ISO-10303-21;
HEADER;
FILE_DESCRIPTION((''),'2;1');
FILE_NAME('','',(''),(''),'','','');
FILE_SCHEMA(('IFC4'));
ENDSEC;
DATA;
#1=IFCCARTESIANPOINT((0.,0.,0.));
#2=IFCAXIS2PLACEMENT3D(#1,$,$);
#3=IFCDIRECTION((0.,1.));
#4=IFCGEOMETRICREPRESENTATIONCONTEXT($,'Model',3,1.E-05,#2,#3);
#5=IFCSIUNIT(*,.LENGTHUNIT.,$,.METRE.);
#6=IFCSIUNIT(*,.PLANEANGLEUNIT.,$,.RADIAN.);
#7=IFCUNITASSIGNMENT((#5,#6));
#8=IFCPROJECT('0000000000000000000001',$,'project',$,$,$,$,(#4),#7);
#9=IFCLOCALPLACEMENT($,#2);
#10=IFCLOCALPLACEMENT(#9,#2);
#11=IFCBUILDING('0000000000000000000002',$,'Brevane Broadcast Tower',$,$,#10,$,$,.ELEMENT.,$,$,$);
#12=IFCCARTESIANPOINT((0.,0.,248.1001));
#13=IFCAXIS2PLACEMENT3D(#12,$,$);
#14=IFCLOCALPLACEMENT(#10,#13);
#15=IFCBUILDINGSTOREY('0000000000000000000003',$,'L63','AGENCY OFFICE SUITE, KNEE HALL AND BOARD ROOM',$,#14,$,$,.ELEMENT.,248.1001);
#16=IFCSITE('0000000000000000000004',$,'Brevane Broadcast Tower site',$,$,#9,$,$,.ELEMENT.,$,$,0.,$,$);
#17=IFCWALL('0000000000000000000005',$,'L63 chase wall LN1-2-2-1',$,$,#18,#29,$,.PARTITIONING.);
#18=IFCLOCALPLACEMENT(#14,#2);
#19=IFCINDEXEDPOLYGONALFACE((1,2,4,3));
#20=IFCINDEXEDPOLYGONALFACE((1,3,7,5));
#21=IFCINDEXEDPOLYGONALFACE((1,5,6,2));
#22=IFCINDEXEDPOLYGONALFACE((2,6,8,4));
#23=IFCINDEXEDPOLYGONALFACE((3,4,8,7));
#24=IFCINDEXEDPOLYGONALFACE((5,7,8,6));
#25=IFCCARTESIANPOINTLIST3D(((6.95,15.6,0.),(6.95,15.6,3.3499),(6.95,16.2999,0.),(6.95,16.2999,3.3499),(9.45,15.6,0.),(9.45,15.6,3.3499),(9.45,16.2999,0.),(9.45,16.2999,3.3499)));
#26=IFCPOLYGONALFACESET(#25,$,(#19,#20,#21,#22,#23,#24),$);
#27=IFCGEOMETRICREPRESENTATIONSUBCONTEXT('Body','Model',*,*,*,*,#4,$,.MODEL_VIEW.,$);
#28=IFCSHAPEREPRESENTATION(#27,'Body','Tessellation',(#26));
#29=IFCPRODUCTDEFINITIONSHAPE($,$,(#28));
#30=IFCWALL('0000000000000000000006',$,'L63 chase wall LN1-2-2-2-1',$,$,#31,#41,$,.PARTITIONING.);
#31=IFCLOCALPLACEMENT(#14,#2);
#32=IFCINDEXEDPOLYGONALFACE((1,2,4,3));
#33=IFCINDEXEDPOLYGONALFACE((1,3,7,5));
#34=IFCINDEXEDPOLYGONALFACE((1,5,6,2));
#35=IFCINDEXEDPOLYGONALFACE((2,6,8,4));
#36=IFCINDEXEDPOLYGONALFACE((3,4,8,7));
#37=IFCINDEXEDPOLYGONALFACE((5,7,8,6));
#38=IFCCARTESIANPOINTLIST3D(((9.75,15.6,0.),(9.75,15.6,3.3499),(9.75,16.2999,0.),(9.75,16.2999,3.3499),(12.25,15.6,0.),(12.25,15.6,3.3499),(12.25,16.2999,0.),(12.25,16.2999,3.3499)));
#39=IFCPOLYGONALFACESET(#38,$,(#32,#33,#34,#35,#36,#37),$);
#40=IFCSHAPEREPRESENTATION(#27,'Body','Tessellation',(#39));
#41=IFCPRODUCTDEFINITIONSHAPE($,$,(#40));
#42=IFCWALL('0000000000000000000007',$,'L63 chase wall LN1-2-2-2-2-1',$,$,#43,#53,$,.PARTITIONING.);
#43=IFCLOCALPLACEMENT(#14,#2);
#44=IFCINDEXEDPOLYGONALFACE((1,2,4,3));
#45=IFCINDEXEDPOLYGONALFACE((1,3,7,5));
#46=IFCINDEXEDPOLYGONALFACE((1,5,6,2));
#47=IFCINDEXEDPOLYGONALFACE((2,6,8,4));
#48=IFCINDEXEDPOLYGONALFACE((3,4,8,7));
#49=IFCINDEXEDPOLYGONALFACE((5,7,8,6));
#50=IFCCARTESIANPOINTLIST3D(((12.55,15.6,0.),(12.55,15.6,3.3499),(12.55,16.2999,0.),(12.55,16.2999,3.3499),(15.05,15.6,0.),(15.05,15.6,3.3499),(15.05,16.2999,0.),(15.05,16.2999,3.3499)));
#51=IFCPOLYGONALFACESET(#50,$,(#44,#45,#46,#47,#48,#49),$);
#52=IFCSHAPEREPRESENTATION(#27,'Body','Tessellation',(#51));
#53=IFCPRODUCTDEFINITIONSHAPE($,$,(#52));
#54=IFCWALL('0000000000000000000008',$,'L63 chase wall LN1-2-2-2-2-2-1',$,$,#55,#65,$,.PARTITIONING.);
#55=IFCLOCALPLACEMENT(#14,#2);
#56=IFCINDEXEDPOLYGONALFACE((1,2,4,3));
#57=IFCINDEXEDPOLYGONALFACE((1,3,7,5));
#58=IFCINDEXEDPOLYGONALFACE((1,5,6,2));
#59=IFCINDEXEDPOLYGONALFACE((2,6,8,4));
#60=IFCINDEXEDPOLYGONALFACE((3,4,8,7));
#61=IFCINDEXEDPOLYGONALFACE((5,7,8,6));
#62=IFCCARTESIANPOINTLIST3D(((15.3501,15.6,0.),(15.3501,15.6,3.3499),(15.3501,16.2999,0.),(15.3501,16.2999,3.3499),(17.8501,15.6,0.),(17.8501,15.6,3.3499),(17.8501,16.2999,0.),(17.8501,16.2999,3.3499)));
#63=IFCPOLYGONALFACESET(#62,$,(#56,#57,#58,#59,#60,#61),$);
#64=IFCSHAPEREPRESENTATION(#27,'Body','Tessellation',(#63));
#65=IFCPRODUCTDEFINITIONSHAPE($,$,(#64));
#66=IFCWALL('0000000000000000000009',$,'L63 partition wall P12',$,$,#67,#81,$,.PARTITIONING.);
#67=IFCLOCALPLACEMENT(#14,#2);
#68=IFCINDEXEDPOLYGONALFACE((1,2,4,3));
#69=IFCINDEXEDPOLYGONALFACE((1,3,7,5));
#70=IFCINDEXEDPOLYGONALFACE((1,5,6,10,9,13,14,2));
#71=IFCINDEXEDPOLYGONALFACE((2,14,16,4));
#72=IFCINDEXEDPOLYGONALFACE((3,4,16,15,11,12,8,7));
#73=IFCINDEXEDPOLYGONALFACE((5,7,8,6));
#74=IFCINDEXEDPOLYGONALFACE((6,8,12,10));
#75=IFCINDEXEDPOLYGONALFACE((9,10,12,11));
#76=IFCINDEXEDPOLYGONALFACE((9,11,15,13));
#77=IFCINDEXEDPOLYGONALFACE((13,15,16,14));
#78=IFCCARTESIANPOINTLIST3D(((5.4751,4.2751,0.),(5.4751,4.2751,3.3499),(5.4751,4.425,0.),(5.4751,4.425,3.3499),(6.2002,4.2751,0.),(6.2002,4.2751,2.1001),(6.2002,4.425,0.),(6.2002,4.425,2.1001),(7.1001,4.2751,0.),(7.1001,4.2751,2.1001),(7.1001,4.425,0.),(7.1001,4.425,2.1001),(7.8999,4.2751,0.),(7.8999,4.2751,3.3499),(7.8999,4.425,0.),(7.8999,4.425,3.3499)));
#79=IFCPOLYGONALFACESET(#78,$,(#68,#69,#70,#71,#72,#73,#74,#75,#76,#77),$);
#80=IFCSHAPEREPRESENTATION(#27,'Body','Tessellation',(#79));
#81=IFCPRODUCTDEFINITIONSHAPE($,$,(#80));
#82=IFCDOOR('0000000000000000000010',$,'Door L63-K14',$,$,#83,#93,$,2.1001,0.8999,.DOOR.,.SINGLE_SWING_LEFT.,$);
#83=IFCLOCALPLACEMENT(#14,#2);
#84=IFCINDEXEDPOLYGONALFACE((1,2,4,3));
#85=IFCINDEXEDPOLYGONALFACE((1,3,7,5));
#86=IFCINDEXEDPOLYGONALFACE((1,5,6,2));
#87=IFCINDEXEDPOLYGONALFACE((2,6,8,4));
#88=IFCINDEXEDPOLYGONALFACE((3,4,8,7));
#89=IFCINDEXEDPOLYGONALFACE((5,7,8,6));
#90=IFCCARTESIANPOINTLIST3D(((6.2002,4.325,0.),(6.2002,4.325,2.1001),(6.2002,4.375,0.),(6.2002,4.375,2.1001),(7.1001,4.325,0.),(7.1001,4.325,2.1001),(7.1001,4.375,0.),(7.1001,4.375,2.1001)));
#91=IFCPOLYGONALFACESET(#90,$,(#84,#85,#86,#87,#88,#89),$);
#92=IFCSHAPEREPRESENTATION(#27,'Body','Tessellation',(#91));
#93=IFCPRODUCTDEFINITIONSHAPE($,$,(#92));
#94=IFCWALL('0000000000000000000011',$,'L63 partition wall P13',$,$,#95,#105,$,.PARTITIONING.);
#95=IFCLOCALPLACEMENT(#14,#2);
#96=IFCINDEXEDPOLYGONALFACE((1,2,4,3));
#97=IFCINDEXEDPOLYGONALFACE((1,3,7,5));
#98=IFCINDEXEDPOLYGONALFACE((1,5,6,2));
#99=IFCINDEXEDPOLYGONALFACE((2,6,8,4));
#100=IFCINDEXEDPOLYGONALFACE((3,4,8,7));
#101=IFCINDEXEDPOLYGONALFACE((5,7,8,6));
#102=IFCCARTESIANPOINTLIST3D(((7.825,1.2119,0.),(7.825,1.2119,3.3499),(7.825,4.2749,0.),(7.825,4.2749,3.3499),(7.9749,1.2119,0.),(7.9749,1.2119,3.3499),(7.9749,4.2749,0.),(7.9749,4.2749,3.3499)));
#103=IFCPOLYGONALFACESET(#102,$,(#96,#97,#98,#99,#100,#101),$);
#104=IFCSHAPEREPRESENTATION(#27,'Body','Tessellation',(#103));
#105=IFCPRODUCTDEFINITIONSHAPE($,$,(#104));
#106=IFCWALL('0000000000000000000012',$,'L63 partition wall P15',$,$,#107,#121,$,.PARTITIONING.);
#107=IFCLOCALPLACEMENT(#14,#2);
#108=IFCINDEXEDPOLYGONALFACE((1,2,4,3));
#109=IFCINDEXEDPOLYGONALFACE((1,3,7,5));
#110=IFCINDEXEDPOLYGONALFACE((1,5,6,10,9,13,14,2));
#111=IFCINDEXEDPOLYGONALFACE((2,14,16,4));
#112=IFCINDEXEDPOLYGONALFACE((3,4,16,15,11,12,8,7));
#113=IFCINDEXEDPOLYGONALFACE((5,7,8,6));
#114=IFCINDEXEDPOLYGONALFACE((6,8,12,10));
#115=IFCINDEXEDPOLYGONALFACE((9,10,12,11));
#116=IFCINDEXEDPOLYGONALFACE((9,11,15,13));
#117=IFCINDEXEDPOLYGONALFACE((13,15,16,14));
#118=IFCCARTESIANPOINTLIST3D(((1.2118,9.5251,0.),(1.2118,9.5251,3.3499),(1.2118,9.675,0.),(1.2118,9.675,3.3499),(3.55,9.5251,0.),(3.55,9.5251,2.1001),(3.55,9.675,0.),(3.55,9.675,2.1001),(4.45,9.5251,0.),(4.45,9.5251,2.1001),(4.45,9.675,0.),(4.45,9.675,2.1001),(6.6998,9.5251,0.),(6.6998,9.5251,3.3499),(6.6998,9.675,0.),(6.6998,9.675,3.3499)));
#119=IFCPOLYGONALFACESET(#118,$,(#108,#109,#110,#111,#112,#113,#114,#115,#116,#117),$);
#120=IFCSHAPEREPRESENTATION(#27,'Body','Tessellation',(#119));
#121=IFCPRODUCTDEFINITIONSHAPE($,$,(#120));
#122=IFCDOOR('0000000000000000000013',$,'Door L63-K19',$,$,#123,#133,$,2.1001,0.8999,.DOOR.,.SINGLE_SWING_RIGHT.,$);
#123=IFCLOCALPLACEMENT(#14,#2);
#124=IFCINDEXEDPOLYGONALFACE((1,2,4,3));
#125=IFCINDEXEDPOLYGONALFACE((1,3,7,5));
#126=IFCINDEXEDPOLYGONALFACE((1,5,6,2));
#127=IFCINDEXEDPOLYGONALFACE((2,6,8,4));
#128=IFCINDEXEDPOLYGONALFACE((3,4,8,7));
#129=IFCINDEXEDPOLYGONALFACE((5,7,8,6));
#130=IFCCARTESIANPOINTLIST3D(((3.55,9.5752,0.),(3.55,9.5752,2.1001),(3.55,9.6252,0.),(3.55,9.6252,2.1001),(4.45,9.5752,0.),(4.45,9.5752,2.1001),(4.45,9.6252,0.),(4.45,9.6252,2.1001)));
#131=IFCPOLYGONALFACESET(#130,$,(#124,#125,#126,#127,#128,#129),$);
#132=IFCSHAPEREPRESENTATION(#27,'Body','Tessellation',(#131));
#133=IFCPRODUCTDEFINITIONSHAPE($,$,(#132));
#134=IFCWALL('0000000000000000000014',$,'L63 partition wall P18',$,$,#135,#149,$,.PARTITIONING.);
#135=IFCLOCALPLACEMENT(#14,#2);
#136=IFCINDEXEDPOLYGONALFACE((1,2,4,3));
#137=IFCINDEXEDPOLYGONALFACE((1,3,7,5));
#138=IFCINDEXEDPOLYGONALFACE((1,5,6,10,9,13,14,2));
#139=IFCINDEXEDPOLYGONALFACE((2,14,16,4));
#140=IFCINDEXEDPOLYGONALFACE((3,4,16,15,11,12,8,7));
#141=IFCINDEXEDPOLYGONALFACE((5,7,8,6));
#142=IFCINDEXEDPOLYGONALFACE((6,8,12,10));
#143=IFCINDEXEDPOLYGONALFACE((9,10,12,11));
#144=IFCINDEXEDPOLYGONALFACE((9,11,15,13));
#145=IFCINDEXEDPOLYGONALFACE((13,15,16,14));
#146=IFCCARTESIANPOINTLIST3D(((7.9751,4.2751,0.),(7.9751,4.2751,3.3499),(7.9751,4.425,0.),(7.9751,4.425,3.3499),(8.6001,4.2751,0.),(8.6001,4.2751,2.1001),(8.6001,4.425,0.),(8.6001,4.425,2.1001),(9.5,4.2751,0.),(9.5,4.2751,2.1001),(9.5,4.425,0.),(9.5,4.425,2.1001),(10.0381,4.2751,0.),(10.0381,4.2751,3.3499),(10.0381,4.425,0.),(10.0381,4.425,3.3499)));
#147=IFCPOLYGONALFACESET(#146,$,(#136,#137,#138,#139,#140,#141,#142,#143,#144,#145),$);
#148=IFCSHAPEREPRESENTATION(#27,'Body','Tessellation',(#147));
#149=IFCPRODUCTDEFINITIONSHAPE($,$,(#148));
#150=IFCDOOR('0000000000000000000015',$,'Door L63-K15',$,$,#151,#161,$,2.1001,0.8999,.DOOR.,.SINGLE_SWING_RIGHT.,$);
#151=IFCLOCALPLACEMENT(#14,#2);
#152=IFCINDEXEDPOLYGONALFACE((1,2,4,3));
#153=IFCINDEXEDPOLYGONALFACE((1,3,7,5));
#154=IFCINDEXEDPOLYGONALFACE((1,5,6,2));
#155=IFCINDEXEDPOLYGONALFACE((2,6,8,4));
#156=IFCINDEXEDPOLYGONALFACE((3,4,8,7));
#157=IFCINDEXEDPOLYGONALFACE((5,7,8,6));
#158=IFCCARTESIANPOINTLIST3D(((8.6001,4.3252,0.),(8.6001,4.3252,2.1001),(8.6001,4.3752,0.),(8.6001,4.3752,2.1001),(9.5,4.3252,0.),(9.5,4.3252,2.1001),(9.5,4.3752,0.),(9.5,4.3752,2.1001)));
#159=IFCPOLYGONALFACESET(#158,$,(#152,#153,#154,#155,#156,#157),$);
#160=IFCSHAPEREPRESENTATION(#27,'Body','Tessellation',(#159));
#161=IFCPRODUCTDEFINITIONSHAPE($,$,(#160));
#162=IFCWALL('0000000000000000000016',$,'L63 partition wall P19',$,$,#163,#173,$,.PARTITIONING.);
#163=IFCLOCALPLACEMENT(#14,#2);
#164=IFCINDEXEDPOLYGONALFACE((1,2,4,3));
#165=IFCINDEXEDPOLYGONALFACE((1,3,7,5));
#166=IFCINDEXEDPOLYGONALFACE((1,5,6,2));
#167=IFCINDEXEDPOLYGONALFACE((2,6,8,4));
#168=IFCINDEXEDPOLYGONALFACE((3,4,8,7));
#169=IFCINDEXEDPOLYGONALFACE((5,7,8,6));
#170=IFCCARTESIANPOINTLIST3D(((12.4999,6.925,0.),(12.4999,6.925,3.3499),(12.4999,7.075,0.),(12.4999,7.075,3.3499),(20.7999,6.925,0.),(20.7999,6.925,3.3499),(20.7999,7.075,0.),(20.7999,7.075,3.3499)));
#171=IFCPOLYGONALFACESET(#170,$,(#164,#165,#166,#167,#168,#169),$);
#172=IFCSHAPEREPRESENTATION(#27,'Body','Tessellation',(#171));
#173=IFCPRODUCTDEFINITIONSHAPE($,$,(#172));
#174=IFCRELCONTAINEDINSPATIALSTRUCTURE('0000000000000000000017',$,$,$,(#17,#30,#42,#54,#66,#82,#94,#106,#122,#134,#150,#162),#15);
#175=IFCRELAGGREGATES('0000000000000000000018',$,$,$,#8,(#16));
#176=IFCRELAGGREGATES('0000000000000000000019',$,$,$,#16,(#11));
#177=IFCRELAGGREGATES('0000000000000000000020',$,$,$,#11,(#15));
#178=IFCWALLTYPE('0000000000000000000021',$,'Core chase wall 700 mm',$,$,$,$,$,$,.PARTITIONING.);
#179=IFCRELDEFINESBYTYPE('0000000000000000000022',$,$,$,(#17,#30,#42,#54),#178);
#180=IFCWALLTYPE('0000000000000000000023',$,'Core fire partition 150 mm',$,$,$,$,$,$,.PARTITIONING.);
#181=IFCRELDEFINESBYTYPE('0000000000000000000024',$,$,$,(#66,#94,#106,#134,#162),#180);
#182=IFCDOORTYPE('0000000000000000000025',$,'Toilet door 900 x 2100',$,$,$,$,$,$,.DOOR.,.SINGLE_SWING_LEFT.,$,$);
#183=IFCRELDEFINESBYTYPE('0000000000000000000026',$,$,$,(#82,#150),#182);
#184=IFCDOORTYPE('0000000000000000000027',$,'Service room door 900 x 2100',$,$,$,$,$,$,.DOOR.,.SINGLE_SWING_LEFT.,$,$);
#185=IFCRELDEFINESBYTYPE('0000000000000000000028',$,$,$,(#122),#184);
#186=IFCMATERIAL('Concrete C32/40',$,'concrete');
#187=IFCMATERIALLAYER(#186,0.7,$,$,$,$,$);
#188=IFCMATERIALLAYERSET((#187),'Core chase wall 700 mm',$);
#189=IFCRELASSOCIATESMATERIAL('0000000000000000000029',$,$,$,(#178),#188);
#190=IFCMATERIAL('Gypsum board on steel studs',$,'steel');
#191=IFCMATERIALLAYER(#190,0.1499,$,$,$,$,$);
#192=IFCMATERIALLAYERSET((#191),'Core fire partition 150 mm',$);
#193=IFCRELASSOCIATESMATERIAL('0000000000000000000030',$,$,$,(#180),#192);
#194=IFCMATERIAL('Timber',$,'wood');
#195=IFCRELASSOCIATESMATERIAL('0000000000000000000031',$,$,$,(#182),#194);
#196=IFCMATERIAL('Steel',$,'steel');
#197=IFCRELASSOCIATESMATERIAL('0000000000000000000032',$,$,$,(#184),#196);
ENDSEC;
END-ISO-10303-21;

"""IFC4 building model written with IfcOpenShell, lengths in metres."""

from ifc_helpers import new_model, si_unit, direction, frame, frame_2d, origin, place, context, subcontext, project, spatial, rectangle, extrude, material, layer, layer_set, type_object, element, fill, save


model = new_model("IFC4")

# Units and contexts
model_context = context("Model", 3, precision=1e-05, world=origin(), true_north=direction((0.0, 1.0)))
body_context = subcontext(model_context, "Body", "Model", "MODEL_VIEW")
ifc_project = project(units=[si_unit("LENGTHUNIT", "METRE"), si_unit("PLANEANGLEUNIT", "RADIAN")], contexts=[model_context])

# Site, building, storey
site_placement = place(None, origin())
site = spatial("IfcSite", under=ifc_project, at=site_placement, Name="Brevane Broadcast Tower site", CompositionType="ELEMENT", RefElevation=0.0)
building_placement = place(site_placement, origin())
building = spatial("IfcBuilding", under=site, at=building_placement, Name="Brevane Broadcast Tower", CompositionType="ELEMENT")
storey_placement = place(building_placement, frame((0.0, 0.0, 248.1001)))
storey = spatial("IfcBuildingStorey", under=building, at=storey_placement, Name="L63", Description="AGENCY OFFICE SUITE, KNEE HALL AND BOARD ROOM", CompositionType="ELEMENT", Elevation=248.1001)

# Walls
ifc_material_1 = material(Name="Concrete C32/40", Category="concrete")
ifc_layer_1 = layer(ifc_material_1, 0.7)
ifc_layer_set_1 = layer_set([ifc_layer_1], Name="Core chase wall 700 mm")
wall_type_1 = type_object("IfcWallType", Name="Core chase wall 700 mm", PredefinedType="PARTITIONING", material=ifc_layer_set_1)
for number, where, z_axis, x_axis, name in (
    (1, (6.95, 15.95, 0.0), (0.0, 0.0, 1.0), (1.0, 0.0, 0.0), "L63 chase wall LN1-2-2-1"),
    (2, (9.75, 15.95, 0.0), (0.0, 0.0, 1.0), (1.0, 0.0, 0.0), "L63 chase wall LN1-2-2-2-1"),
    (3, (12.55, 15.95, 0.0), (0.0, 0.0, 1.0), (1.0, 0.0, 0.0), "L63 chase wall LN1-2-2-2-2-1"),
    (4, (15.3501, 15.95, 0.0), (0.0, 0.0, 1.0), (1.0, 0.0, 0.0), "L63 chase wall LN1-2-2-2-2-2-1"),
):
    element("IfcWall", number, at=place(storey_placement, frame(where, z_axis=z_axis, x_axis=x_axis)), inside=storey, type_object=wall_type_1, Name=name, PredefinedType="PARTITIONING", context=body_context, shape_type="SweptSolid", body=[
        extrude(rectangle(XDim=2.5, YDim=0.7, at=frame_2d((1.25, 0.0))), origin(), (0.0, 0.0, 1.0), 3.3499),
    ])

# Wall, opening, door
ifc_material_2 = material(Name="Gypsum board on steel studs", Category="steel")
ifc_layer_2 = layer(ifc_material_2, 0.1499)
ifc_layer_set_2 = layer_set([ifc_layer_2], Name="Core fire partition 150 mm")
wall_type_2 = type_object("IfcWallType", Name="Core fire partition 150 mm", PredefinedType="PARTITIONING", material=ifc_layer_set_2)
wall_1_placement = place(storey_placement, frame((5.4751, 4.3501, 0.0), z_axis=(0.0, 0.0, 1.0), x_axis=(1.0, 0.0, 0.0)))
wall_1 = element("IfcWall", 5, at=wall_1_placement, inside=storey, type_object=wall_type_2, Name="L63 partition wall P12", PredefinedType="PARTITIONING", context=body_context, shape_type="SweptSolid", body=[
    extrude(rectangle(XDim=2.4248, YDim=0.1499, at=frame_2d((1.2124, 0.0))), origin(), (0.0, 0.0, 1.0), 3.3499),
])
opening_1_placement = place(wall_1_placement, frame((0.7251, 0.0, 0.0)))
opening_1 = element("IfcOpeningElement", 6, at=opening_1_placement, cuts=wall_1, PredefinedType="OPENING", context=body_context, shape_type="SweptSolid", body=[
    extrude(rectangle(XDim=0.8999, YDim=2.1001, at=frame_2d((0.45, 1.05))), frame((0.0, 0.085, 0.0), z_axis=(0.0, -1.0, 0.0), x_axis=(1.0, 0.0, 0.0)), (0.0, 0.0, 1.0), 0.1699),
])
ifc_material_3 = material(Name="Timber", Category="wood")
door_type_1 = type_object("IfcDoorType", Name="Toilet door 900 x 2100", OperationType="SINGLE_SWING_LEFT", PredefinedType="DOOR", material=ifc_material_3)
door_1_placement = place(opening_1_placement, origin())
door_1 = element("IfcDoor", 7, at=door_1_placement, inside=storey, type_object=door_type_1, Name="Door L63-K14", OperationType="SINGLE_SWING_LEFT", OverallHeight=2.1001, OverallWidth=0.8999, PredefinedType="DOOR", context=body_context, shape_type="SweptSolid", body=[
    extrude(rectangle(XDim=0.8999, YDim=2.1001, at=frame_2d((0.45, 1.05))), frame((0.0, 0.0249, 0.0), z_axis=(0.0, -1.0, 0.0), x_axis=(1.0, 0.0, 0.0)), (0.0, 0.0, 1.0), 0.05),
])
fill(opening_1, door_1)

# Wall
wall_2_placement = place(storey_placement, frame((7.8999, 4.2749, 0.0), z_axis=(0.0, 0.0, 1.0), x_axis=(0.0, -1.0, 0.0)))
element("IfcWall", 8, at=wall_2_placement, inside=storey, type_object=wall_type_2, Name="L63 partition wall P13", PredefinedType="PARTITIONING", context=body_context, shape_type="SweptSolid", body=[
    extrude(rectangle(XDim=3.063, YDim=0.1499, at=frame_2d((1.5315, 0.0))), origin(), (0.0, 0.0, 1.0), 3.3499),
])

# Walls, openings, doors
wall_3_placement = place(storey_placement, frame((6.7, 9.6001, 0.0), z_axis=(0.0, 0.0, 1.0), x_axis=(-1.0, 0.0, 0.0)))
wall_3 = element("IfcWall", 9, at=wall_3_placement, inside=storey, type_object=wall_type_2, Name="L63 partition wall P15", PredefinedType="PARTITIONING", context=body_context, shape_type="SweptSolid", body=[
    extrude(rectangle(XDim=5.488, YDim=0.1499, at=frame_2d((2.7441, 0.0))), origin(), (0.0, 0.0, 1.0), 3.3499),
])
opening_2_placement = place(wall_3_placement, frame((2.25, 0.0, 0.0)))
opening_2 = element("IfcOpeningElement", 10, at=opening_2_placement, cuts=wall_3, PredefinedType="OPENING", context=body_context, shape_type="SweptSolid", body=[
    extrude(rectangle(XDim=0.8999, YDim=2.1001, at=frame_2d((0.45, 1.05))), frame((0.0, 0.085, 0.0), z_axis=(0.0, -1.0, 0.0), x_axis=(1.0, 0.0, 0.0)), (0.0, 0.0, 1.0), 0.1699),
])
ifc_material_4 = material(Name="Steel", Category="steel")
door_type_2 = type_object("IfcDoorType", Name="Service room door 900 x 2100", OperationType="SINGLE_SWING_LEFT", PredefinedType="DOOR", material=ifc_material_4)
door_2_placement = place(opening_2_placement, origin())
door_2 = element("IfcDoor", 11, at=door_2_placement, inside=storey, type_object=door_type_2, Name="Door L63-K19", OperationType="SINGLE_SWING_RIGHT", OverallHeight=2.1001, OverallWidth=0.8999, PredefinedType="DOOR", context=body_context, shape_type="SweptSolid", body=[
    extrude(rectangle(XDim=0.8999, YDim=2.1001, at=frame_2d((0.45, 1.05))), frame((0.0, 0.0249, 0.0), z_axis=(0.0, -1.0, 0.0), x_axis=(1.0, 0.0, 0.0)), (0.0, 0.0, 1.0), 0.05),
])
fill(opening_2, door_2)
wall_4_placement = place(storey_placement, frame((10.0381, 4.3501, 0.0), z_axis=(0.0, 0.0, 1.0), x_axis=(-1.0, 0.0, 0.0)))
wall_4 = element("IfcWall", 12, at=wall_4_placement, inside=storey, type_object=wall_type_2, Name="L63 partition wall P18", PredefinedType="PARTITIONING", context=body_context, shape_type="SweptSolid", body=[
    extrude(rectangle(XDim=2.063, YDim=0.1499, at=frame_2d((1.0315, 0.0))), origin(), (0.0, 0.0, 1.0), 3.3499),
])
opening_3_placement = place(wall_4_placement, frame((0.5381, 0.0, 0.0)))
opening_3 = element("IfcOpeningElement", 13, at=opening_3_placement, cuts=wall_4, PredefinedType="OPENING", context=body_context, shape_type="SweptSolid", body=[
    extrude(rectangle(XDim=0.8999, YDim=2.1001, at=frame_2d((0.45, 1.05))), frame((0.0, 0.085, 0.0), z_axis=(0.0, -1.0, 0.0), x_axis=(1.0, 0.0, 0.0)), (0.0, 0.0, 1.0), 0.1699),
])
door_3_placement = place(opening_3_placement, origin())
door_3 = element("IfcDoor", 14, at=door_3_placement, inside=storey, type_object=door_type_1, Name="Door L63-K15", OperationType="SINGLE_SWING_RIGHT", OverallHeight=2.1001, OverallWidth=0.8999, PredefinedType="DOOR", context=body_context, shape_type="SweptSolid", body=[
    extrude(rectangle(XDim=0.8999, YDim=2.1001, at=frame_2d((0.45, 1.05))), frame((0.0, 0.0249, 0.0), z_axis=(0.0, -1.0, 0.0), x_axis=(1.0, 0.0, 0.0)), (0.0, 0.0, 1.0), 0.05),
])
fill(opening_3, door_3)

# Wall
wall_5_placement = place(storey_placement, frame((12.5, 7.0, 0.0), z_axis=(0.0, 0.0, 1.0), x_axis=(1.0, 0.0, 0.0)))
element("IfcWall", 15, at=wall_5_placement, inside=storey, type_object=wall_type_2, Name="L63 partition wall P19", PredefinedType="PARTITIONING", context=body_context, shape_type="SweptSolid", body=[
    extrude(rectangle(XDim=8.3, YDim=0.1499, at=frame_2d((4.1499, 0.0))), origin(), (0.0, 0.0, 1.0), 3.3499),
])

save(model, "model.ifc")
